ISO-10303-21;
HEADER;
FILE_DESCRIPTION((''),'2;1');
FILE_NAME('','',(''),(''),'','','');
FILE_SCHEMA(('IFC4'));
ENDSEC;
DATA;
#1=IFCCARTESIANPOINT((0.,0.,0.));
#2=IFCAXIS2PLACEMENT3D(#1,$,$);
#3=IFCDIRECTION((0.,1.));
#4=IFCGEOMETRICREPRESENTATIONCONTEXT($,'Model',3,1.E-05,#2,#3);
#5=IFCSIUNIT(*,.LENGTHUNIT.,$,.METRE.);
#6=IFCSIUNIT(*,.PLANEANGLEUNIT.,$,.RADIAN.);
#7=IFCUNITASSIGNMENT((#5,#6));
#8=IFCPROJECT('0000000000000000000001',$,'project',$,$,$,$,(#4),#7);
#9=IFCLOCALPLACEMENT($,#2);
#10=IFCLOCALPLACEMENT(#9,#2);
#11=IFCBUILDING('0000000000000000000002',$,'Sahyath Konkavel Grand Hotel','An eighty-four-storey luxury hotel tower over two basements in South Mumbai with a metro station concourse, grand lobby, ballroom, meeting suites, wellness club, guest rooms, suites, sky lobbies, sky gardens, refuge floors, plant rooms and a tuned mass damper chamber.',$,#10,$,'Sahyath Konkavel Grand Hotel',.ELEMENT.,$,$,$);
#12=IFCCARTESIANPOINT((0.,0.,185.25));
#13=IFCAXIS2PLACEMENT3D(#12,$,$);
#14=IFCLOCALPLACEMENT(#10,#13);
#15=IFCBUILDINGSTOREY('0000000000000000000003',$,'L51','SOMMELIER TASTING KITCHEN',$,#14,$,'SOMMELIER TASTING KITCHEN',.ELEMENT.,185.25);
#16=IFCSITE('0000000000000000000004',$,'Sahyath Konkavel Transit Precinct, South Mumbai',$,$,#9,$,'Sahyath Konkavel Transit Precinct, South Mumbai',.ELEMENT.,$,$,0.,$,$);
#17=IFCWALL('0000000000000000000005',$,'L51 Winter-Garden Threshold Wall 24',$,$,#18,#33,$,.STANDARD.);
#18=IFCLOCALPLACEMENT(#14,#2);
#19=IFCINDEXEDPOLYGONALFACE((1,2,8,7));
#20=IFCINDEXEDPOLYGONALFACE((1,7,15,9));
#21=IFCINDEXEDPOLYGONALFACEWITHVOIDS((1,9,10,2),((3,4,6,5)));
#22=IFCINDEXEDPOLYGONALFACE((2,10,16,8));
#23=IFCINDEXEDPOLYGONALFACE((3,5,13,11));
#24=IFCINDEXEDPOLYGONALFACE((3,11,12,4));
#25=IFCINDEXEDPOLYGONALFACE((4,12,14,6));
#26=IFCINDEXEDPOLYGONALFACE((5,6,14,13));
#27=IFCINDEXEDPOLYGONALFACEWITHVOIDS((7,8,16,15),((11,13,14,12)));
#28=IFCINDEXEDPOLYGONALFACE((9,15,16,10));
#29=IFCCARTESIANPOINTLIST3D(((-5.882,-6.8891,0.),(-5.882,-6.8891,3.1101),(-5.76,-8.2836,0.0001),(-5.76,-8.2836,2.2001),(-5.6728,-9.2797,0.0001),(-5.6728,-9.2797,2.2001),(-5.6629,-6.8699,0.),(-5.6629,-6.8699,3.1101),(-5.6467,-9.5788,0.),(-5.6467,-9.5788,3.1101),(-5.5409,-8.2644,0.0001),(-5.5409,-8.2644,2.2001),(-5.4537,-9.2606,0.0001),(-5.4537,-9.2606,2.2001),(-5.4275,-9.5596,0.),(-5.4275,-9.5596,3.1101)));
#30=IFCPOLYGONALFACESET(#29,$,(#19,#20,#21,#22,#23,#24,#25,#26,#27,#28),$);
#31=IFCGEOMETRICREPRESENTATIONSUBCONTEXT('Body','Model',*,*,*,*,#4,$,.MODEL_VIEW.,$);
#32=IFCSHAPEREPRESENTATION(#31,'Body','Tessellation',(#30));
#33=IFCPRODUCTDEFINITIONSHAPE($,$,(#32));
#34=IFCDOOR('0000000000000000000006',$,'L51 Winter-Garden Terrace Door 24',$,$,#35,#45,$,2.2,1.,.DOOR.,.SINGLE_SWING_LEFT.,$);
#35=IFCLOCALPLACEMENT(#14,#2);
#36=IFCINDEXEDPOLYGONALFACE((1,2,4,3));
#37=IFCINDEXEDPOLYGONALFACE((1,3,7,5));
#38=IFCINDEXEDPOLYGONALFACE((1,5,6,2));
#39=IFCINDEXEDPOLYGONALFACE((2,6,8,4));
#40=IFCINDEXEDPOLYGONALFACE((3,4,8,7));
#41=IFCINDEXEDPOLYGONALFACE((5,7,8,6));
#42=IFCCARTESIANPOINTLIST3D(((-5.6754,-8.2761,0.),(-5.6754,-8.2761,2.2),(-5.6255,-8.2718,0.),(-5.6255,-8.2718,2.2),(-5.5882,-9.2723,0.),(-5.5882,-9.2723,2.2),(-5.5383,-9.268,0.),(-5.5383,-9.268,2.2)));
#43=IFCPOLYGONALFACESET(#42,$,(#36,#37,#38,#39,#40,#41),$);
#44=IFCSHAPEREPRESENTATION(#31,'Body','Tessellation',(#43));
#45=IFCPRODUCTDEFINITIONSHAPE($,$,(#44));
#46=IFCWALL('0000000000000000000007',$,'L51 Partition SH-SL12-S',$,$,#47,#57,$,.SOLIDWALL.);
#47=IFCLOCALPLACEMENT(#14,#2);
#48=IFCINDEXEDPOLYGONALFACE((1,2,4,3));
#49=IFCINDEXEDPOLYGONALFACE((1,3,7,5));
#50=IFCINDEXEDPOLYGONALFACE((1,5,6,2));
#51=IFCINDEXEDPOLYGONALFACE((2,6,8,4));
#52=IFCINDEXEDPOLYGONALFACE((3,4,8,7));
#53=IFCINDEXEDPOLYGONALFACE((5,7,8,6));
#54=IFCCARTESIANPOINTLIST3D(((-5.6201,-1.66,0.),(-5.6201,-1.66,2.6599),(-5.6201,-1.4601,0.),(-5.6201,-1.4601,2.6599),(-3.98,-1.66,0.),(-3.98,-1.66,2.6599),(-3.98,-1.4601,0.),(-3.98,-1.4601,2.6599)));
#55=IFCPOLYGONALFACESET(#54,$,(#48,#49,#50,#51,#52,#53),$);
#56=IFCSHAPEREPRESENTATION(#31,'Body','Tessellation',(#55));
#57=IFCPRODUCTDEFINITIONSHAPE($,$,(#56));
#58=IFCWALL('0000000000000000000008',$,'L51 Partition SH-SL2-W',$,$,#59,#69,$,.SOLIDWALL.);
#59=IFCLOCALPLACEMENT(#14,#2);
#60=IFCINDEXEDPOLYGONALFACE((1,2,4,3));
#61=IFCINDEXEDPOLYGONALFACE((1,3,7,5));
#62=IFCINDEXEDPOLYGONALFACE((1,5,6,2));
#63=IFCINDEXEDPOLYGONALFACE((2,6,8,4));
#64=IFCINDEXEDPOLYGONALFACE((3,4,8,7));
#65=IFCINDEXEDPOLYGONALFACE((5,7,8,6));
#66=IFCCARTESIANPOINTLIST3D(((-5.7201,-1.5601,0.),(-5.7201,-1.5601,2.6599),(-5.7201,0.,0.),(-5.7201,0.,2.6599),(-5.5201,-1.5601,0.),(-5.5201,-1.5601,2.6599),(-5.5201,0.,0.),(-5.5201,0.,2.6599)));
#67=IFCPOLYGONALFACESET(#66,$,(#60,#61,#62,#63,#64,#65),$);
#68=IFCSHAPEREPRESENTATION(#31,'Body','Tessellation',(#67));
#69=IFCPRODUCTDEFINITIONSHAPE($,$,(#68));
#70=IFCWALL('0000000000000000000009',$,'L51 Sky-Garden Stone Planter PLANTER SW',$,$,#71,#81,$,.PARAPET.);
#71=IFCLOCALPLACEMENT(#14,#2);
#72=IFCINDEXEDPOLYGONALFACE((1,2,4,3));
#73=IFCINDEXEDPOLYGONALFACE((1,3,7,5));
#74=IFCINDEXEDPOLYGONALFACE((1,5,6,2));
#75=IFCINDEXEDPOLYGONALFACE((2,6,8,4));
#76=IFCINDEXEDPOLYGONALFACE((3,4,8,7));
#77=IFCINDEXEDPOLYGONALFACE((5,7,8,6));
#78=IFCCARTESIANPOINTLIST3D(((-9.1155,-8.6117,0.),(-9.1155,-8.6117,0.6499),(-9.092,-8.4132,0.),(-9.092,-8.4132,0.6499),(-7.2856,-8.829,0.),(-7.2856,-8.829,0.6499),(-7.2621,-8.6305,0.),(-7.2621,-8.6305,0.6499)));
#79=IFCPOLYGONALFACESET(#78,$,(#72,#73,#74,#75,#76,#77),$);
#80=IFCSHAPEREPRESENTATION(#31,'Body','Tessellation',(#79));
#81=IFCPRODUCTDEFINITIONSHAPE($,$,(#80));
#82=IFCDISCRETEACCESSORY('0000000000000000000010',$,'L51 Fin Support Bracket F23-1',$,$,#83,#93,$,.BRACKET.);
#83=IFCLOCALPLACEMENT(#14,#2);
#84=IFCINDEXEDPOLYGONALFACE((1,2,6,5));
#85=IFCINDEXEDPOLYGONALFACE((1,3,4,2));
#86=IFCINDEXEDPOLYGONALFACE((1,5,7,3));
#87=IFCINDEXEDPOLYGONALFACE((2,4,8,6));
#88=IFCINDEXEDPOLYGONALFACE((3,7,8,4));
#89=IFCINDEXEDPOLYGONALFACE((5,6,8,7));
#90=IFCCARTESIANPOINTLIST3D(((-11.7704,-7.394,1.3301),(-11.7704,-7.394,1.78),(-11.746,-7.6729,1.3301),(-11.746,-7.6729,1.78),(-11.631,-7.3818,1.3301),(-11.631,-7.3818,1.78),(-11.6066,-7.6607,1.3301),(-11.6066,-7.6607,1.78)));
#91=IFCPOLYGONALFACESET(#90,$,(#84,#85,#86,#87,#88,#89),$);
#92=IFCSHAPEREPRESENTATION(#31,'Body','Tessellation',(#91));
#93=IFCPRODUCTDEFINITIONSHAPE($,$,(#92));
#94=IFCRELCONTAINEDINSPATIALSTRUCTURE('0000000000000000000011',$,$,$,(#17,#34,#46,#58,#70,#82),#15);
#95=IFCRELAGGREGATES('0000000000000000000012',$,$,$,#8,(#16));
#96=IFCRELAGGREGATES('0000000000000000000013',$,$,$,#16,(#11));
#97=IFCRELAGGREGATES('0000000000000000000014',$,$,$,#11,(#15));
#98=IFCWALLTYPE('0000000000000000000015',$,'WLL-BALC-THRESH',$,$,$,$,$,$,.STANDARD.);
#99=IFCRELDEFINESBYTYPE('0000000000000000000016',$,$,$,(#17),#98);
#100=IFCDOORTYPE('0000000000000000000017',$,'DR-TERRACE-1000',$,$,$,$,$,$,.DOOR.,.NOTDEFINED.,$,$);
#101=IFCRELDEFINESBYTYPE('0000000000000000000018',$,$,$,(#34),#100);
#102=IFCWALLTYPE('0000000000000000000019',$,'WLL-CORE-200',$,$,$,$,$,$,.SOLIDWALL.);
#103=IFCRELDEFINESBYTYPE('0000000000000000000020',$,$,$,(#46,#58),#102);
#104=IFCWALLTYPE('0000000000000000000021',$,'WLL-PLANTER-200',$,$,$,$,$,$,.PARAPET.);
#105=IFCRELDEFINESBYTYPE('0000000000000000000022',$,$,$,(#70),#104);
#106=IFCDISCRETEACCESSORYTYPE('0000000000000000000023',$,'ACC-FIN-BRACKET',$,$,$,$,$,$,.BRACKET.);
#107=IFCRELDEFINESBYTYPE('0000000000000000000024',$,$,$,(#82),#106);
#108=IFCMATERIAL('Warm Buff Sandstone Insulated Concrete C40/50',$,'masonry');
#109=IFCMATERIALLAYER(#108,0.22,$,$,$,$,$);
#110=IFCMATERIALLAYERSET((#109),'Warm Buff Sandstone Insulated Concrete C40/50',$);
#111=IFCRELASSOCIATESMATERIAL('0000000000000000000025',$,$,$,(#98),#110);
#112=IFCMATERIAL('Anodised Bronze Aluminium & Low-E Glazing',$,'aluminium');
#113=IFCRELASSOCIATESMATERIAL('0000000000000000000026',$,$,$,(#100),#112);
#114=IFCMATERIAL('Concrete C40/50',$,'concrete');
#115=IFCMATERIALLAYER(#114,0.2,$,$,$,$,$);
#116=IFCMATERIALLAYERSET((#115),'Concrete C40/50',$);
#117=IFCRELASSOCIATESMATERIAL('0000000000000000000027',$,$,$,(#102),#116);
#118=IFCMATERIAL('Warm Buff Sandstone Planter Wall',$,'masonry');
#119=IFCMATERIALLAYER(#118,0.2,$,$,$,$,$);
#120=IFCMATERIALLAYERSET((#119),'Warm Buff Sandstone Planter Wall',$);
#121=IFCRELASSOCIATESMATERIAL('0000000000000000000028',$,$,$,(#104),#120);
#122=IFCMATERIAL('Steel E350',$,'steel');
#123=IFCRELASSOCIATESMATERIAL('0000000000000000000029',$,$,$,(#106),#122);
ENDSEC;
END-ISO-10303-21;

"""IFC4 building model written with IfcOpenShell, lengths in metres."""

from ifc_helpers import new_model, si_unit, direction, frame, frame_2d, origin, origin_2d, place, context, subcontext, project, spatial, rectangle, extrude, source, transform, mapped, material, layer, layer_set, type_object, element, fill, save


model = new_model("IFC4")

# Units and contexts
model_context = context("Model", 3, precision=1e-05, world=origin(), true_north=direction((0.0, 1.0)))
body_context = subcontext(model_context, "Body", "Model", "MODEL_VIEW")
ifc_project = project(units=[si_unit("LENGTHUNIT", "METRE"), si_unit("PLANEANGLEUNIT", "RADIAN")], contexts=[model_context])

# Site, building, storey
site_placement = place(None, origin())
site = spatial("IfcSite", under=ifc_project, at=site_placement, Name="Sahyath Konkavel Transit Precinct, South Mumbai", LongName="Sahyath Konkavel Transit Precinct, South Mumbai", CompositionType="ELEMENT", RefElevation=0.0)
building_placement = place(site_placement, origin())
building = spatial("IfcBuilding", under=site, at=building_placement, Name="Sahyath Konkavel Grand Hotel", Description="An eighty-four-storey luxury hotel tower over two basements in South Mumbai with a metro station concourse, grand lobby, ballroom, meeting suites, wellness club, guest rooms, suites, sky lobbies, sky gardens, refuge floors, plant rooms and a tuned mass damper chamber.", LongName="Sahyath Konkavel Grand Hotel", CompositionType="ELEMENT")
storey_placement = place(building_placement, frame((0.0, 0.0, 185.25)))
storey = spatial("IfcBuildingStorey", under=building, at=storey_placement, Name="L51", Description="SOMMELIER TASTING KITCHEN", LongName="SOMMELIER TASTING KITCHEN", CompositionType="ELEMENT", Elevation=185.25)

# Shared definitions
ifc_material_1 = material(Name="Steel E350", Category="steel")

# Shared definitions
ifc_material_2 = material(Name="Anodised Bronze Aluminium & Low-E Glazing", Category="aluminium")

# Wall, opening, door
ifc_material_3 = material(Name="Warm Buff Sandstone Insulated Concrete C40/50", Category="masonry")
ifc_layer_1 = layer(ifc_material_3, 0.22)
ifc_layer_set_1 = layer_set([ifc_layer_1], Name="Warm Buff Sandstone Insulated Concrete C40/50")
wall_type_1 = type_object("IfcWallType", Name="WLL-BALC-THRESH", PredefinedType="STANDARD", material=ifc_layer_set_1)
wall_1_placement = place(storey_placement, frame((-5.7725, -6.8794, 0.0), z_axis=(0.0, 0.0, 1.0), x_axis=(0.087168, -0.996194, 0.0)))
wall_1 = element("IfcWall", 1, at=wall_1_placement, inside=storey, type_object=wall_type_1, Name="L51 Winter-Garden Threshold Wall 24", PredefinedType="STANDARD", context=body_context, shape_type="SweptSolid", body=[
    extrude(rectangle(XDim=2.7, YDim=0.22, at=frame_2d((1.3501, 0.0))), origin(), (0.0, 0.0, 1.0), 3.1101),
])
opening_placement = place(wall_1_placement, frame((1.3999, 0.0, 0.0)))
opening = element("IfcOpeningElement", 2, at=opening_placement, cuts=wall_1, PredefinedType="OPENING", context=body_context, shape_type="SweptSolid", body=[
    extrude(rectangle(XDim=1.0, YDim=2.2, at=frame_2d((0.5, 1.1001))), frame((0.0, 0.1201, 0.0), z_axis=(0.0, -1.0, 0.0), x_axis=(1.0, 0.0, 0.0)), (0.0, 0.0, 1.0), 0.24),
])
door_type = type_object("IfcDoorType", Name="DR-TERRACE-1000", OperationType="NOTDEFINED", PredefinedType="DOOR", material=ifc_material_2)
shared_shape_1 = source(origin(), body_context, "Body", "SweptSolid", [
    extrude(rectangle(XDim=1.0, YDim=0.05, at=origin_2d()), origin(), (0.0, 0.0, 1.0), 2.2),
])
door_placement = place(opening_placement, frame((0.5, 0.0, 0.0)))
door = element("IfcDoor", 3, at=door_placement, inside=storey, type_object=door_type, Name="L51 Winter-Garden Terrace Door 24", OperationType="SINGLE_SWING_LEFT", OverallHeight=2.2, OverallWidth=1.0, PredefinedType="DOOR", context=body_context, shape_type="MappedRepresentation", body=[
    mapped(shared_shape_1, transform((0.0, 0.0, 0.0), scale=1.0)),
])
fill(opening, door)

# Walls
ifc_material_4 = material(Name="Concrete C40/50", Category="concrete")
ifc_layer_2 = layer(ifc_material_4, 0.2)
ifc_layer_set_2 = layer_set([ifc_layer_2], Name="Concrete C40/50")
wall_type_2 = type_object("IfcWallType", Name="WLL-CORE-200", PredefinedType="SOLIDWALL", material=ifc_layer_set_2)
wall_2_placement = place(storey_placement, frame((-5.6201, -1.5601, 0.0), z_axis=(0.0, 0.0, 1.0), x_axis=(1.0, 0.0, 0.0)))
element("IfcWall", 4, at=wall_2_placement, inside=storey, type_object=wall_type_2, Name="L51 Partition SH-SL12-S", PredefinedType="SOLIDWALL", context=body_context, shape_type="SweptSolid", body=[
    extrude(rectangle(XDim=1.6401, YDim=0.2, at=frame_2d((0.8201, 0.0))), origin(), (0.0, 0.0, 1.0), 2.6599),
])
wall_3_placement = place(storey_placement, frame((-5.6201, -1.5601, 0.0), z_axis=(0.0, 0.0, 1.0), x_axis=(0.0, 1.0, 0.0)))
element("IfcWall", 5, at=wall_3_placement, inside=storey, type_object=wall_type_2, Name="L51 Partition SH-SL2-W", PredefinedType="SOLIDWALL", context=body_context, shape_type="SweptSolid", body=[
    extrude(rectangle(XDim=1.5601, YDim=0.2, at=frame_2d((0.78, 0.0))), origin(), (0.0, 0.0, 1.0), 2.6599),
])
ifc_material_5 = material(Name="Warm Buff Sandstone Planter Wall", Category="masonry")
ifc_layer_3 = layer(ifc_material_5, 0.2)
ifc_layer_set_3 = layer_set([ifc_layer_3], Name="Warm Buff Sandstone Planter Wall")
wall_type_3 = type_object("IfcWallType", Name="WLL-PLANTER-200", PredefinedType="PARAPET", material=ifc_layer_set_3)
wall_4_placement = place(storey_placement, frame((-9.1038, -8.5125, 0.0), z_axis=(0.0, 0.0, 1.0), x_axis=(0.993023, -0.117917, 0.0)))
element("IfcWall", 6, at=wall_4_placement, inside=storey, type_object=wall_type_3, Name="L51 Sky-Garden Stone Planter PLANTER SW", PredefinedType="PARAPET", context=body_context, shape_type="SweptSolid", body=[
    extrude(rectangle(XDim=1.8428, YDim=0.2, at=frame_2d((0.9214, 0.0))), origin(), (0.0, 0.0, 1.0), 0.6499),
])

# Discrete accessory
discrete_accessory_type = type_object("IfcDiscreteAccessoryType", Name="ACC-FIN-BRACKET", PredefinedType="BRACKET", material=ifc_material_1)
shared_shape_2 = source(origin(), body_context, "Body", "SweptSolid", [
    extrude(rectangle(XDim=0.28, YDim=0.1399, at=origin_2d()), origin(), (0.0, 0.0, 1.0), 0.45),
])
discrete_accessory_placement = place(storey_placement, frame((-11.6885, -7.5273, 1.3301), z_axis=(0.0, 0.0, 1.0), x_axis=(0.087156, -0.996195, 0.0)))
element("IfcDiscreteAccessory", 7, at=discrete_accessory_placement, inside=storey, type_object=discrete_accessory_type, Name="L51 Fin Support Bracket F23-1", PredefinedType="BRACKET", context=body_context, shape_type="MappedRepresentation", body=[
    mapped(shared_shape_2, transform((0.0, 0.0, 0.0), scale=1.0)),
])

save(model, "model.ifc")
